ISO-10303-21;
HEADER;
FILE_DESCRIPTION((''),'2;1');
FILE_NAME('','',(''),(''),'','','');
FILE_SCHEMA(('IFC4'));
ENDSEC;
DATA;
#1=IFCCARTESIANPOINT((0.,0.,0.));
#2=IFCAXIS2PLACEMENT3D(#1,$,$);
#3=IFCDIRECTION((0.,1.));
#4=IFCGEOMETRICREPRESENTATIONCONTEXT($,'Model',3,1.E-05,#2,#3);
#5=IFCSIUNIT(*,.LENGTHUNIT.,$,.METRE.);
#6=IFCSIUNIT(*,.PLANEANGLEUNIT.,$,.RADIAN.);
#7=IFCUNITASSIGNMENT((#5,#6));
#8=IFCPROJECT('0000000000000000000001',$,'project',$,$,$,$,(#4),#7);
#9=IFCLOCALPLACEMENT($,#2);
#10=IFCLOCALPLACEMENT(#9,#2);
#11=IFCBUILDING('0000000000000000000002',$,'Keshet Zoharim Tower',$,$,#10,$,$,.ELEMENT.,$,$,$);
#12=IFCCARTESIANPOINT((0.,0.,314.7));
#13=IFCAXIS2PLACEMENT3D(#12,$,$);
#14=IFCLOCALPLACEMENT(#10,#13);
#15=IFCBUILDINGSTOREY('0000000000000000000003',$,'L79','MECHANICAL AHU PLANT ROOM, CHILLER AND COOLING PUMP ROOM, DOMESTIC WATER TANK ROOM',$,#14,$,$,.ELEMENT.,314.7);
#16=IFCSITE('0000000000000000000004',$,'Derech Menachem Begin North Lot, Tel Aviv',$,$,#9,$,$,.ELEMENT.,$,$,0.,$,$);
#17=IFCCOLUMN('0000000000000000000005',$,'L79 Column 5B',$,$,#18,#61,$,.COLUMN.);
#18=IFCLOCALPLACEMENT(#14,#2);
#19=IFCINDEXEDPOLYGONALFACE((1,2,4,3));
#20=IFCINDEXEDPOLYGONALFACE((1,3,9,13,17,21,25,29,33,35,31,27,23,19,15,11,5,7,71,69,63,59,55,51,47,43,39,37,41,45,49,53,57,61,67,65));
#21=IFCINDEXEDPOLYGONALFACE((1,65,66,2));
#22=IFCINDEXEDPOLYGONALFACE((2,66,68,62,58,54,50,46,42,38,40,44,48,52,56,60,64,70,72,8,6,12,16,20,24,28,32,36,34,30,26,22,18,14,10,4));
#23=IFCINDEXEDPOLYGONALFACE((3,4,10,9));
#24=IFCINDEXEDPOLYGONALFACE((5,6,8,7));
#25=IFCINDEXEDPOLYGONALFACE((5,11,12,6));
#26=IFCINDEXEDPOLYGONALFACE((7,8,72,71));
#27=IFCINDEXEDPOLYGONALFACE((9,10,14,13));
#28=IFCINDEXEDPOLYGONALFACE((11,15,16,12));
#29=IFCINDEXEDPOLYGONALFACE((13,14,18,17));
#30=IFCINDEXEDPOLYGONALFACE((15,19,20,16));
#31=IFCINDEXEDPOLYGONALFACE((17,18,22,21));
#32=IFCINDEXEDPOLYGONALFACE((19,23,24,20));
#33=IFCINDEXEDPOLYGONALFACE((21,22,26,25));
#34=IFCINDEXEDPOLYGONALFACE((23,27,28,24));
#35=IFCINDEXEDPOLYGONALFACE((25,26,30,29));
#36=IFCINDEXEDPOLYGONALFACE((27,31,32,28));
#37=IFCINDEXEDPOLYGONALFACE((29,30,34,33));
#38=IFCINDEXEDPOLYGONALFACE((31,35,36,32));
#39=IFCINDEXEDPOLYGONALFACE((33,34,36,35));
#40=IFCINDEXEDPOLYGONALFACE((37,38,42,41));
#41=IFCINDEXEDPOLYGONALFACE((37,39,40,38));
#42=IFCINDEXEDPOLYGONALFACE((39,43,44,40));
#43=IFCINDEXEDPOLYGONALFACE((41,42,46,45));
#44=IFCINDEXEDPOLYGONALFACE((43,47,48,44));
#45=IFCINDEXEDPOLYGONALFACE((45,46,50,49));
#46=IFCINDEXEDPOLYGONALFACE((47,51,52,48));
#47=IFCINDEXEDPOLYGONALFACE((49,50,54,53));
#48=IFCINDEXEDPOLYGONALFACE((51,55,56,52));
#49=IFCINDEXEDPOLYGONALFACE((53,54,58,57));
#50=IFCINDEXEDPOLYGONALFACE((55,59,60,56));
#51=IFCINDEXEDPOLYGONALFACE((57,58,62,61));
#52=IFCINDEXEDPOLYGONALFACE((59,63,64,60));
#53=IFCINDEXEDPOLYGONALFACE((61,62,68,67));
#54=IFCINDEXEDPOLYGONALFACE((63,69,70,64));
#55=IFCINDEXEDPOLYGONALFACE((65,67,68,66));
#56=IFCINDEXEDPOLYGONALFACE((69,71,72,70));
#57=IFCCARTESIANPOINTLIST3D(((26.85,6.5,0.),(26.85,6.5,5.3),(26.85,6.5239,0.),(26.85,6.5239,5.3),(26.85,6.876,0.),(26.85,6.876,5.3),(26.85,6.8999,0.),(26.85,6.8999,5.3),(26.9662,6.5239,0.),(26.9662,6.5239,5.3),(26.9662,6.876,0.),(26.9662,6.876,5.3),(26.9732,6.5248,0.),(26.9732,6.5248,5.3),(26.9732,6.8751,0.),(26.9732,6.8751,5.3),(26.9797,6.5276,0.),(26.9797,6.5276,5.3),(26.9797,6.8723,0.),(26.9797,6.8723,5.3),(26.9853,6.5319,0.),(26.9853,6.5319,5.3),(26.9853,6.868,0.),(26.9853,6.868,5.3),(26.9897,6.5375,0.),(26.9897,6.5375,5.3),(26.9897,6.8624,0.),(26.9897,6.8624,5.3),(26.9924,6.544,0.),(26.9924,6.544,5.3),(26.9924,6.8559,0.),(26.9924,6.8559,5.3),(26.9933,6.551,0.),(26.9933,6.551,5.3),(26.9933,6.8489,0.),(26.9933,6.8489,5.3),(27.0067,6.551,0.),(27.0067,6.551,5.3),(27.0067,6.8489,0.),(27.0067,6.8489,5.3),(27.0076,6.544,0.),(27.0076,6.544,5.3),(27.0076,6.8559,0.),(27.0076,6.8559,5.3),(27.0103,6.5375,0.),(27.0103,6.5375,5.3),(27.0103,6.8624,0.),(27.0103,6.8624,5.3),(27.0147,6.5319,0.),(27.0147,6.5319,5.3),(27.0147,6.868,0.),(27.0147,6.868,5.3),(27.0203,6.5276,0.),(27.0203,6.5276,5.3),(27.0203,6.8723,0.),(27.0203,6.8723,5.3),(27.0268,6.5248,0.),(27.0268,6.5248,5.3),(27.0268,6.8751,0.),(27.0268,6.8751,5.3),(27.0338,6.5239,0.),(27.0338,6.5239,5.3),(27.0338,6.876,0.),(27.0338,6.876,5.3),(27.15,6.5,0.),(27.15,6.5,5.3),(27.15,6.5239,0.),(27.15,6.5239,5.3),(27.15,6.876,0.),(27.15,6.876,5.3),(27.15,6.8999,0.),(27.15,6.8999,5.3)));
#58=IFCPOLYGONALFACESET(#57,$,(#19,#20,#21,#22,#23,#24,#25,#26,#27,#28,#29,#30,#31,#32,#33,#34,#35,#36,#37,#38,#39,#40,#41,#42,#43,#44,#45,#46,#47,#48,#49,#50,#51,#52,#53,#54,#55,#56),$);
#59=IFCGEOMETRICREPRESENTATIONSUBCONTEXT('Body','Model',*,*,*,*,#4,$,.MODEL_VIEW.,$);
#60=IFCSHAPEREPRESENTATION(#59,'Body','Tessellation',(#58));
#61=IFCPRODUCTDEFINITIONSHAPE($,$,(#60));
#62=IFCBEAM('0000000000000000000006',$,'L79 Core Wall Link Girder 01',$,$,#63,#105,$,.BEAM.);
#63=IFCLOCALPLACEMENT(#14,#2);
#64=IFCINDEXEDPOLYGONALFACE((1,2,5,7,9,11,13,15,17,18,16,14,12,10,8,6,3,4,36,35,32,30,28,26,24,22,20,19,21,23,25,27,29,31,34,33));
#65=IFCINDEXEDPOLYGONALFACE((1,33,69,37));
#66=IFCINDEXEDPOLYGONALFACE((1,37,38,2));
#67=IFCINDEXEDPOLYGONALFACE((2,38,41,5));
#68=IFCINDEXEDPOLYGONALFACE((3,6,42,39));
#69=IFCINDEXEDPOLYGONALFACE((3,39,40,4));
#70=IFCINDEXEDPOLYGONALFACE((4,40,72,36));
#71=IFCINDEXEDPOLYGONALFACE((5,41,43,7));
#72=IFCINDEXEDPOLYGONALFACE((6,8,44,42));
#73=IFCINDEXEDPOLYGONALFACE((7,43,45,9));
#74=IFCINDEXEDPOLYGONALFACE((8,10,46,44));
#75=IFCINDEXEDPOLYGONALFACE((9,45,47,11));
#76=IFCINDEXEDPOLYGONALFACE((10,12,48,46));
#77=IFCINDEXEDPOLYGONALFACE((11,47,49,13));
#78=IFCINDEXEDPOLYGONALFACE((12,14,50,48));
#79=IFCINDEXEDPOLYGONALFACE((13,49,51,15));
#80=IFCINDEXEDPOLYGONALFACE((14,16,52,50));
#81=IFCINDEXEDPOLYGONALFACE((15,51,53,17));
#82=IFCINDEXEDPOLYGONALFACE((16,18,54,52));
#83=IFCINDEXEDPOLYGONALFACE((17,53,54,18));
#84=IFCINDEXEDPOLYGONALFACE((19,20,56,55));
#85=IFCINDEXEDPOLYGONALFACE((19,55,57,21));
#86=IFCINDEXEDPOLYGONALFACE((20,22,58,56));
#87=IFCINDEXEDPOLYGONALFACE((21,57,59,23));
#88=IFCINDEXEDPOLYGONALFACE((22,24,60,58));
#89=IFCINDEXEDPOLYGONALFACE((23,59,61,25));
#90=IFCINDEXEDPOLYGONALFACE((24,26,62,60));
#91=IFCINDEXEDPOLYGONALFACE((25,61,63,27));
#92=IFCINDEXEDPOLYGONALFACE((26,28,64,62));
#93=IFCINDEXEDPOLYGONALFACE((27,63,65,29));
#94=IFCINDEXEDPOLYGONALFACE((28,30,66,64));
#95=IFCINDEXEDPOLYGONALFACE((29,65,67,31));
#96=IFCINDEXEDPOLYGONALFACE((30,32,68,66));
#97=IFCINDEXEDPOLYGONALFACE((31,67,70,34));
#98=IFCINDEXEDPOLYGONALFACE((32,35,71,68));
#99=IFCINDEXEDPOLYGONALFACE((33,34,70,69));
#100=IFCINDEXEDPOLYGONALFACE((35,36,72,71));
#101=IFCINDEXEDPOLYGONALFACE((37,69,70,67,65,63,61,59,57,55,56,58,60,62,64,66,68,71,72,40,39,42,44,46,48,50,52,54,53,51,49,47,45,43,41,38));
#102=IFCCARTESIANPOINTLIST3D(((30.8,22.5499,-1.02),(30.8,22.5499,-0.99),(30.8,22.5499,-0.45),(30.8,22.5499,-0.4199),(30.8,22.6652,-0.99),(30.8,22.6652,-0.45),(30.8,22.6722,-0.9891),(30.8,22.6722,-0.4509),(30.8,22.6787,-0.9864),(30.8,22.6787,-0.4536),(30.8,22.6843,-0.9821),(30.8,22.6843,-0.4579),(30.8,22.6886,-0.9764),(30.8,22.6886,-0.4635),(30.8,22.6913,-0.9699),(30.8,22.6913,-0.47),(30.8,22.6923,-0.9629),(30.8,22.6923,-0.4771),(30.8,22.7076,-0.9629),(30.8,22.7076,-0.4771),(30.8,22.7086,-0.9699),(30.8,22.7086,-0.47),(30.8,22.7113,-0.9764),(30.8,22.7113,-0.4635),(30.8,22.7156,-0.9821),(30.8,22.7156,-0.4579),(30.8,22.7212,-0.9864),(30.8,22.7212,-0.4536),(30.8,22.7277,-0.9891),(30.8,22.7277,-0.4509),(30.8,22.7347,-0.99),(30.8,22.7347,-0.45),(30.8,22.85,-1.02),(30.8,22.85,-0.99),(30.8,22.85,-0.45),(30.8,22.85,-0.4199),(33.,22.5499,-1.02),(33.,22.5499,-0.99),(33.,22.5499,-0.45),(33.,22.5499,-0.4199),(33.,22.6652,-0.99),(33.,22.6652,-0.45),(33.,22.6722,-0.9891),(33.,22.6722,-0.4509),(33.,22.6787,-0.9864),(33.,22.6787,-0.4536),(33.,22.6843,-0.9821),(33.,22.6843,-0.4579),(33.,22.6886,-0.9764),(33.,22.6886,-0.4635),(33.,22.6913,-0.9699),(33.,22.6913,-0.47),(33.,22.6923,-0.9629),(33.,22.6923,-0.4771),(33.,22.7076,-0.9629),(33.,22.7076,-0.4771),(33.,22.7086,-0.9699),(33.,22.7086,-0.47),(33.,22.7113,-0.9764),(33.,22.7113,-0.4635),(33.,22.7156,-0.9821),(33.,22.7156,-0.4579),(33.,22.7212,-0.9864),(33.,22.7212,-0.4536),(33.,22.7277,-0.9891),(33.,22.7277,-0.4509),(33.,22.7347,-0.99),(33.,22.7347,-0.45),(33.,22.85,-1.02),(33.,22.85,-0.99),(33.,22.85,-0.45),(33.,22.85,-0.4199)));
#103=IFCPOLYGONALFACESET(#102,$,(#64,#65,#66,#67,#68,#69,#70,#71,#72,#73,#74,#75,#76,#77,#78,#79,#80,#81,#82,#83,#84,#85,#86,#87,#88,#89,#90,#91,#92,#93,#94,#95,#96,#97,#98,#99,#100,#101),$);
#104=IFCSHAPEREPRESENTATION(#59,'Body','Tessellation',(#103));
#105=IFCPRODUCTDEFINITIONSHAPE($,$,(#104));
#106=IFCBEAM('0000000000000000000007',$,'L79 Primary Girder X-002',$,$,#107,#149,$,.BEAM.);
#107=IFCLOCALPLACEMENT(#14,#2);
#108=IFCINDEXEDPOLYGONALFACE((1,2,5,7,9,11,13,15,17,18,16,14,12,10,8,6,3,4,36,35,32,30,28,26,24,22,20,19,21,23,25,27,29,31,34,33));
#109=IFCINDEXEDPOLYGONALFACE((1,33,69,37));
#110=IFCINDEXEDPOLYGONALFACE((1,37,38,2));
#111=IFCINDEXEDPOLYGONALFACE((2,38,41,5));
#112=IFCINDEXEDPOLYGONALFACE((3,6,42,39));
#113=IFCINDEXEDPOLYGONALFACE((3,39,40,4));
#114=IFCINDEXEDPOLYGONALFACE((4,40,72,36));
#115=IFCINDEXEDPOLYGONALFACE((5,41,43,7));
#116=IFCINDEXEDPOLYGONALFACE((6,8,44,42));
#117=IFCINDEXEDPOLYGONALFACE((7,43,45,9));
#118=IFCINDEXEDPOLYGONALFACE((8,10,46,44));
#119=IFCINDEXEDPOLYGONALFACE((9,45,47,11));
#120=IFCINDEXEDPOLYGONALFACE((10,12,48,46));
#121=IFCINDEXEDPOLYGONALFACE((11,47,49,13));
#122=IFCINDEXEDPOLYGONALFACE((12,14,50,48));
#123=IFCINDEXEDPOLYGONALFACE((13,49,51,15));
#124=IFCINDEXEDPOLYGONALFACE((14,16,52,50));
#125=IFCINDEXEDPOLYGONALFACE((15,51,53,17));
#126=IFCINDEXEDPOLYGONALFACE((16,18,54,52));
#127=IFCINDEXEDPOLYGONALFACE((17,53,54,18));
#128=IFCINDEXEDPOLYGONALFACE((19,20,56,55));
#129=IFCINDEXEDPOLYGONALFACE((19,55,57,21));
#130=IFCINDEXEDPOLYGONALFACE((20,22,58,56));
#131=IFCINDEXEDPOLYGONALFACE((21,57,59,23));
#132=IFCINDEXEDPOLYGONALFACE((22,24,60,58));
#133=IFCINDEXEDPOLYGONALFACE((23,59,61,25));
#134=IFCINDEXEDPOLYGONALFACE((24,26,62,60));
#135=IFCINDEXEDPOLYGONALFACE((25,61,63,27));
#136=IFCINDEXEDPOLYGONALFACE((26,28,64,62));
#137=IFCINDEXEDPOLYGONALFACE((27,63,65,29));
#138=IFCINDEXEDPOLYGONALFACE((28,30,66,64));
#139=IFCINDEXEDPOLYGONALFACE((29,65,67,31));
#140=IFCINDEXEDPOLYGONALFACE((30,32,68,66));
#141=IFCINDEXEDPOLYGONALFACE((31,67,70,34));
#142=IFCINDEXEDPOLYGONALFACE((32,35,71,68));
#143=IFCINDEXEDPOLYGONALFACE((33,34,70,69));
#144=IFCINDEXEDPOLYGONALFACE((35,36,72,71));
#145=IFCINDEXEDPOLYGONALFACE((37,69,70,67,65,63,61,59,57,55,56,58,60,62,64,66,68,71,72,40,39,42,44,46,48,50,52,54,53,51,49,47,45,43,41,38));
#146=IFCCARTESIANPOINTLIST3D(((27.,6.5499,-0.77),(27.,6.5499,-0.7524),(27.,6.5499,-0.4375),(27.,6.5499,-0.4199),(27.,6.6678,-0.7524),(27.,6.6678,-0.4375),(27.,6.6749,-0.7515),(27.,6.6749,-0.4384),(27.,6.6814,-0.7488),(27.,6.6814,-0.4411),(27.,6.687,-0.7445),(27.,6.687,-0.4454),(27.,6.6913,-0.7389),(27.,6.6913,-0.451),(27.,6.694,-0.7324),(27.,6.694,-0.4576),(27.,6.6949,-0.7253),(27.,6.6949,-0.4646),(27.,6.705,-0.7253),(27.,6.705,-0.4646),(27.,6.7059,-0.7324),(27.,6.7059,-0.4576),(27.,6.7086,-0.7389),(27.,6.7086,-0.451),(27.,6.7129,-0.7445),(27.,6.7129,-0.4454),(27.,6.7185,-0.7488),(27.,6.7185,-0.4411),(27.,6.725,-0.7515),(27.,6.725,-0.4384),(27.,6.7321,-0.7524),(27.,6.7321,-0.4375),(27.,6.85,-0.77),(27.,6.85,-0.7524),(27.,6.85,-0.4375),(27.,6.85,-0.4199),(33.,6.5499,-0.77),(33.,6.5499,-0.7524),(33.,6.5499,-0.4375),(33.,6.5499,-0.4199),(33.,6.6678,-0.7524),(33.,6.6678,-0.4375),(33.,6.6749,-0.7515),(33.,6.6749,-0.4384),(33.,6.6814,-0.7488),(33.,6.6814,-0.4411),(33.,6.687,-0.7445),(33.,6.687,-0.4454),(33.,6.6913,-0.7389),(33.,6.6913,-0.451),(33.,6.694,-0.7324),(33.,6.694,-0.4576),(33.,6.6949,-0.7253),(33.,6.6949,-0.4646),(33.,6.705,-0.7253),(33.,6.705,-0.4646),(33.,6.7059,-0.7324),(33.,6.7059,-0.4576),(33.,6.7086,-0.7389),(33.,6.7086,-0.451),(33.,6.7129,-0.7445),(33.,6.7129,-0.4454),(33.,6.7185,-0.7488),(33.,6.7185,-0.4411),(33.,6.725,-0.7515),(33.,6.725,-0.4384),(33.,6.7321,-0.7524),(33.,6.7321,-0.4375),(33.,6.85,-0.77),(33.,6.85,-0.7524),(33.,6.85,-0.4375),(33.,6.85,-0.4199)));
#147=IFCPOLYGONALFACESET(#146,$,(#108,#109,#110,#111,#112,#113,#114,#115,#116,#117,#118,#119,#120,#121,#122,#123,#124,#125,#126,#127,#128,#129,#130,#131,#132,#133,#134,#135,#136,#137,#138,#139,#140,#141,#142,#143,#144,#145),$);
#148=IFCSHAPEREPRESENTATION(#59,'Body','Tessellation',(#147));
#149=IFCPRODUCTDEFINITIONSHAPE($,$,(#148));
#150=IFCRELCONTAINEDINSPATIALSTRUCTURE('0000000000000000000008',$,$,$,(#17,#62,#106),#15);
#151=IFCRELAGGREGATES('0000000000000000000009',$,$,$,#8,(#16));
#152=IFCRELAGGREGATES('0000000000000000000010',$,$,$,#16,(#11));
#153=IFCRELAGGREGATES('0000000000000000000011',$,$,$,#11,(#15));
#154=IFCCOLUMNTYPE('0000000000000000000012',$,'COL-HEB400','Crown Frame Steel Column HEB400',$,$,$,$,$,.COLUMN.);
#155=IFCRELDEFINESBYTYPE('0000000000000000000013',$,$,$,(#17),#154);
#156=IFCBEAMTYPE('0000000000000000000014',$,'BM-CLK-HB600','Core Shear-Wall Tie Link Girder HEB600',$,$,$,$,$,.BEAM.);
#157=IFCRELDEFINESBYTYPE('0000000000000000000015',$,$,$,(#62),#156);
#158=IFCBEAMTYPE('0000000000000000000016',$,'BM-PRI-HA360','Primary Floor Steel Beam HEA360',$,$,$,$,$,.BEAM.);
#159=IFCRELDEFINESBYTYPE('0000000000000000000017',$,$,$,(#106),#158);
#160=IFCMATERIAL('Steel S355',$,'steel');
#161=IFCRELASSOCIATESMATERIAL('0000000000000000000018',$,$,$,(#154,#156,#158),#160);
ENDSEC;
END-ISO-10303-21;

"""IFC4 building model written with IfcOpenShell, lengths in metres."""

from ifc_helpers import new_model, si_unit, direction, frame, origin, origin_2d, place, context, subcontext, project, spatial, i_section, extrude, material, material_profile, profile_set, type_object, element, save


model = new_model("IFC4")

# Units and contexts
model_context = context("Model", 3, precision=1e-05, world=origin(), true_north=direction((0.0, 1.0)))
body_context = subcontext(model_context, "Body", "Model", "MODEL_VIEW")
ifc_project = project(units=[si_unit("LENGTHUNIT", "METRE"), si_unit("PLANEANGLEUNIT", "RADIAN")], contexts=[model_context])

# Site, building, storey
site_placement = place(None, origin())
site = spatial("IfcSite", under=ifc_project, at=site_placement, Name="Derech Menachem Begin North Lot, Tel Aviv", CompositionType="ELEMENT", RefElevation=0.0)
building_placement = place(site_placement, origin())
building = spatial("IfcBuilding", under=site, at=building_placement, Name="Keshet Zoharim Tower", CompositionType="ELEMENT")
storey_placement = place(building_placement, frame((0.0, 0.0, 314.7)))
storey = spatial("IfcBuildingStorey", under=building, at=storey_placement, Name="L79", Description="MECHANICAL AHU PLANT ROOM, CHILLER AND COOLING PUMP ROOM, DOMESTIC WATER TANK ROOM", CompositionType="ELEMENT", Elevation=314.7)

# Column
ifc_material_1 = material(Name="Steel S355", Category="steel")
ifc_material_profile_1 = material_profile(ifc_material_1, i_section(OverallWidth=0.3, OverallDepth=0.3999, WebThickness=0.0134, FlangeThickness=0.0239, FilletRadius=0.0271, at=origin_2d()), Name="HEB400")
ifc_profile_set_1 = profile_set([ifc_material_profile_1], Name="Steel S355")
column_type = type_object("IfcColumnType", Name="COL-HEB400", Description="Crown Frame Steel Column HEB400", PredefinedType="COLUMN", material=ifc_profile_set_1)
column_placement = place(storey_placement, frame((27.0, 6.7, 0.0), z_axis=(0.0, 0.0, 1.0), x_axis=(1.0, 0.0, 0.0)))
element("IfcColumn", 1, at=column_placement, inside=storey, type_object=column_type, Name="L79 Column 5B", PredefinedType="COLUMN", context=body_context, shape_type="SweptSolid", body=[
    extrude(i_section(OverallWidth=0.3, OverallDepth=0.3999, WebThickness=0.0134, FlangeThickness=0.0239, FilletRadius=0.0271, at=origin_2d()), origin(), (0.0, 0.0, 1.0), 5.3),
])

# Beams
ifc_material_profile_2 = material_profile(ifc_material_1, i_section(OverallWidth=0.3, OverallDepth=0.6001, WebThickness=0.0154, FlangeThickness=0.03, FilletRadius=0.0271, at=origin_2d()), Name="HEB600")
ifc_profile_set_2 = profile_set([ifc_material_profile_2], Name="Steel S355")
beam_type_1 = type_object("IfcBeamType", Name="BM-CLK-HB600", Description="Core Shear-Wall Tie Link Girder HEB600", PredefinedType="BEAM", material=ifc_profile_set_2)
beam_1_placement = place(storey_placement, frame((30.8, 22.7, -0.72), z_axis=(1.0, 0.0, 0.0), x_axis=(0.0, 1.0, 0.0)))
element("IfcBeam", 2, at=beam_1_placement, inside=storey, type_object=beam_type_1, Name="L79 Core Wall Link Girder 01", PredefinedType="BEAM", context=body_context, shape_type="SweptSolid", body=[
    extrude(i_section(OverallWidth=0.3, OverallDepth=0.6001, WebThickness=0.0154, FlangeThickness=0.03, FilletRadius=0.0271, at=origin_2d()), origin(), (0.0, 0.0, 1.0), 2.2),
])
ifc_material_profile_3 = material_profile(ifc_material_1, i_section(OverallWidth=0.3, OverallDepth=0.3501, WebThickness=0.01, FlangeThickness=0.0176, FilletRadius=0.0271, at=origin_2d()), Name="HEA360")
ifc_profile_set_3 = profile_set([ifc_material_profile_3], Name="Steel S355")
beam_type_2 = type_object("IfcBeamType", Name="BM-PRI-HA360", Description="Primary Floor Steel Beam HEA360", PredefinedType="BEAM", material=ifc_profile_set_3)
beam_2_placement = place(storey_placement, frame((27.0, 6.7, -0.595), z_axis=(1.0, 0.0, 0.0), x_axis=(0.0, 1.0, 0.0)))
element("IfcBeam", 3, at=beam_2_placement, inside=storey, type_object=beam_type_2, Name="L79 Primary Girder X-002", PredefinedType="BEAM", context=body_context, shape_type="SweptSolid", body=[
    extrude(i_section(OverallWidth=0.3, OverallDepth=0.3501, WebThickness=0.01, FlangeThickness=0.0176, FilletRadius=0.0271, at=origin_2d()), origin(), (0.0, 0.0, 1.0), 6.0),
])

save(model, "model.ifc")
